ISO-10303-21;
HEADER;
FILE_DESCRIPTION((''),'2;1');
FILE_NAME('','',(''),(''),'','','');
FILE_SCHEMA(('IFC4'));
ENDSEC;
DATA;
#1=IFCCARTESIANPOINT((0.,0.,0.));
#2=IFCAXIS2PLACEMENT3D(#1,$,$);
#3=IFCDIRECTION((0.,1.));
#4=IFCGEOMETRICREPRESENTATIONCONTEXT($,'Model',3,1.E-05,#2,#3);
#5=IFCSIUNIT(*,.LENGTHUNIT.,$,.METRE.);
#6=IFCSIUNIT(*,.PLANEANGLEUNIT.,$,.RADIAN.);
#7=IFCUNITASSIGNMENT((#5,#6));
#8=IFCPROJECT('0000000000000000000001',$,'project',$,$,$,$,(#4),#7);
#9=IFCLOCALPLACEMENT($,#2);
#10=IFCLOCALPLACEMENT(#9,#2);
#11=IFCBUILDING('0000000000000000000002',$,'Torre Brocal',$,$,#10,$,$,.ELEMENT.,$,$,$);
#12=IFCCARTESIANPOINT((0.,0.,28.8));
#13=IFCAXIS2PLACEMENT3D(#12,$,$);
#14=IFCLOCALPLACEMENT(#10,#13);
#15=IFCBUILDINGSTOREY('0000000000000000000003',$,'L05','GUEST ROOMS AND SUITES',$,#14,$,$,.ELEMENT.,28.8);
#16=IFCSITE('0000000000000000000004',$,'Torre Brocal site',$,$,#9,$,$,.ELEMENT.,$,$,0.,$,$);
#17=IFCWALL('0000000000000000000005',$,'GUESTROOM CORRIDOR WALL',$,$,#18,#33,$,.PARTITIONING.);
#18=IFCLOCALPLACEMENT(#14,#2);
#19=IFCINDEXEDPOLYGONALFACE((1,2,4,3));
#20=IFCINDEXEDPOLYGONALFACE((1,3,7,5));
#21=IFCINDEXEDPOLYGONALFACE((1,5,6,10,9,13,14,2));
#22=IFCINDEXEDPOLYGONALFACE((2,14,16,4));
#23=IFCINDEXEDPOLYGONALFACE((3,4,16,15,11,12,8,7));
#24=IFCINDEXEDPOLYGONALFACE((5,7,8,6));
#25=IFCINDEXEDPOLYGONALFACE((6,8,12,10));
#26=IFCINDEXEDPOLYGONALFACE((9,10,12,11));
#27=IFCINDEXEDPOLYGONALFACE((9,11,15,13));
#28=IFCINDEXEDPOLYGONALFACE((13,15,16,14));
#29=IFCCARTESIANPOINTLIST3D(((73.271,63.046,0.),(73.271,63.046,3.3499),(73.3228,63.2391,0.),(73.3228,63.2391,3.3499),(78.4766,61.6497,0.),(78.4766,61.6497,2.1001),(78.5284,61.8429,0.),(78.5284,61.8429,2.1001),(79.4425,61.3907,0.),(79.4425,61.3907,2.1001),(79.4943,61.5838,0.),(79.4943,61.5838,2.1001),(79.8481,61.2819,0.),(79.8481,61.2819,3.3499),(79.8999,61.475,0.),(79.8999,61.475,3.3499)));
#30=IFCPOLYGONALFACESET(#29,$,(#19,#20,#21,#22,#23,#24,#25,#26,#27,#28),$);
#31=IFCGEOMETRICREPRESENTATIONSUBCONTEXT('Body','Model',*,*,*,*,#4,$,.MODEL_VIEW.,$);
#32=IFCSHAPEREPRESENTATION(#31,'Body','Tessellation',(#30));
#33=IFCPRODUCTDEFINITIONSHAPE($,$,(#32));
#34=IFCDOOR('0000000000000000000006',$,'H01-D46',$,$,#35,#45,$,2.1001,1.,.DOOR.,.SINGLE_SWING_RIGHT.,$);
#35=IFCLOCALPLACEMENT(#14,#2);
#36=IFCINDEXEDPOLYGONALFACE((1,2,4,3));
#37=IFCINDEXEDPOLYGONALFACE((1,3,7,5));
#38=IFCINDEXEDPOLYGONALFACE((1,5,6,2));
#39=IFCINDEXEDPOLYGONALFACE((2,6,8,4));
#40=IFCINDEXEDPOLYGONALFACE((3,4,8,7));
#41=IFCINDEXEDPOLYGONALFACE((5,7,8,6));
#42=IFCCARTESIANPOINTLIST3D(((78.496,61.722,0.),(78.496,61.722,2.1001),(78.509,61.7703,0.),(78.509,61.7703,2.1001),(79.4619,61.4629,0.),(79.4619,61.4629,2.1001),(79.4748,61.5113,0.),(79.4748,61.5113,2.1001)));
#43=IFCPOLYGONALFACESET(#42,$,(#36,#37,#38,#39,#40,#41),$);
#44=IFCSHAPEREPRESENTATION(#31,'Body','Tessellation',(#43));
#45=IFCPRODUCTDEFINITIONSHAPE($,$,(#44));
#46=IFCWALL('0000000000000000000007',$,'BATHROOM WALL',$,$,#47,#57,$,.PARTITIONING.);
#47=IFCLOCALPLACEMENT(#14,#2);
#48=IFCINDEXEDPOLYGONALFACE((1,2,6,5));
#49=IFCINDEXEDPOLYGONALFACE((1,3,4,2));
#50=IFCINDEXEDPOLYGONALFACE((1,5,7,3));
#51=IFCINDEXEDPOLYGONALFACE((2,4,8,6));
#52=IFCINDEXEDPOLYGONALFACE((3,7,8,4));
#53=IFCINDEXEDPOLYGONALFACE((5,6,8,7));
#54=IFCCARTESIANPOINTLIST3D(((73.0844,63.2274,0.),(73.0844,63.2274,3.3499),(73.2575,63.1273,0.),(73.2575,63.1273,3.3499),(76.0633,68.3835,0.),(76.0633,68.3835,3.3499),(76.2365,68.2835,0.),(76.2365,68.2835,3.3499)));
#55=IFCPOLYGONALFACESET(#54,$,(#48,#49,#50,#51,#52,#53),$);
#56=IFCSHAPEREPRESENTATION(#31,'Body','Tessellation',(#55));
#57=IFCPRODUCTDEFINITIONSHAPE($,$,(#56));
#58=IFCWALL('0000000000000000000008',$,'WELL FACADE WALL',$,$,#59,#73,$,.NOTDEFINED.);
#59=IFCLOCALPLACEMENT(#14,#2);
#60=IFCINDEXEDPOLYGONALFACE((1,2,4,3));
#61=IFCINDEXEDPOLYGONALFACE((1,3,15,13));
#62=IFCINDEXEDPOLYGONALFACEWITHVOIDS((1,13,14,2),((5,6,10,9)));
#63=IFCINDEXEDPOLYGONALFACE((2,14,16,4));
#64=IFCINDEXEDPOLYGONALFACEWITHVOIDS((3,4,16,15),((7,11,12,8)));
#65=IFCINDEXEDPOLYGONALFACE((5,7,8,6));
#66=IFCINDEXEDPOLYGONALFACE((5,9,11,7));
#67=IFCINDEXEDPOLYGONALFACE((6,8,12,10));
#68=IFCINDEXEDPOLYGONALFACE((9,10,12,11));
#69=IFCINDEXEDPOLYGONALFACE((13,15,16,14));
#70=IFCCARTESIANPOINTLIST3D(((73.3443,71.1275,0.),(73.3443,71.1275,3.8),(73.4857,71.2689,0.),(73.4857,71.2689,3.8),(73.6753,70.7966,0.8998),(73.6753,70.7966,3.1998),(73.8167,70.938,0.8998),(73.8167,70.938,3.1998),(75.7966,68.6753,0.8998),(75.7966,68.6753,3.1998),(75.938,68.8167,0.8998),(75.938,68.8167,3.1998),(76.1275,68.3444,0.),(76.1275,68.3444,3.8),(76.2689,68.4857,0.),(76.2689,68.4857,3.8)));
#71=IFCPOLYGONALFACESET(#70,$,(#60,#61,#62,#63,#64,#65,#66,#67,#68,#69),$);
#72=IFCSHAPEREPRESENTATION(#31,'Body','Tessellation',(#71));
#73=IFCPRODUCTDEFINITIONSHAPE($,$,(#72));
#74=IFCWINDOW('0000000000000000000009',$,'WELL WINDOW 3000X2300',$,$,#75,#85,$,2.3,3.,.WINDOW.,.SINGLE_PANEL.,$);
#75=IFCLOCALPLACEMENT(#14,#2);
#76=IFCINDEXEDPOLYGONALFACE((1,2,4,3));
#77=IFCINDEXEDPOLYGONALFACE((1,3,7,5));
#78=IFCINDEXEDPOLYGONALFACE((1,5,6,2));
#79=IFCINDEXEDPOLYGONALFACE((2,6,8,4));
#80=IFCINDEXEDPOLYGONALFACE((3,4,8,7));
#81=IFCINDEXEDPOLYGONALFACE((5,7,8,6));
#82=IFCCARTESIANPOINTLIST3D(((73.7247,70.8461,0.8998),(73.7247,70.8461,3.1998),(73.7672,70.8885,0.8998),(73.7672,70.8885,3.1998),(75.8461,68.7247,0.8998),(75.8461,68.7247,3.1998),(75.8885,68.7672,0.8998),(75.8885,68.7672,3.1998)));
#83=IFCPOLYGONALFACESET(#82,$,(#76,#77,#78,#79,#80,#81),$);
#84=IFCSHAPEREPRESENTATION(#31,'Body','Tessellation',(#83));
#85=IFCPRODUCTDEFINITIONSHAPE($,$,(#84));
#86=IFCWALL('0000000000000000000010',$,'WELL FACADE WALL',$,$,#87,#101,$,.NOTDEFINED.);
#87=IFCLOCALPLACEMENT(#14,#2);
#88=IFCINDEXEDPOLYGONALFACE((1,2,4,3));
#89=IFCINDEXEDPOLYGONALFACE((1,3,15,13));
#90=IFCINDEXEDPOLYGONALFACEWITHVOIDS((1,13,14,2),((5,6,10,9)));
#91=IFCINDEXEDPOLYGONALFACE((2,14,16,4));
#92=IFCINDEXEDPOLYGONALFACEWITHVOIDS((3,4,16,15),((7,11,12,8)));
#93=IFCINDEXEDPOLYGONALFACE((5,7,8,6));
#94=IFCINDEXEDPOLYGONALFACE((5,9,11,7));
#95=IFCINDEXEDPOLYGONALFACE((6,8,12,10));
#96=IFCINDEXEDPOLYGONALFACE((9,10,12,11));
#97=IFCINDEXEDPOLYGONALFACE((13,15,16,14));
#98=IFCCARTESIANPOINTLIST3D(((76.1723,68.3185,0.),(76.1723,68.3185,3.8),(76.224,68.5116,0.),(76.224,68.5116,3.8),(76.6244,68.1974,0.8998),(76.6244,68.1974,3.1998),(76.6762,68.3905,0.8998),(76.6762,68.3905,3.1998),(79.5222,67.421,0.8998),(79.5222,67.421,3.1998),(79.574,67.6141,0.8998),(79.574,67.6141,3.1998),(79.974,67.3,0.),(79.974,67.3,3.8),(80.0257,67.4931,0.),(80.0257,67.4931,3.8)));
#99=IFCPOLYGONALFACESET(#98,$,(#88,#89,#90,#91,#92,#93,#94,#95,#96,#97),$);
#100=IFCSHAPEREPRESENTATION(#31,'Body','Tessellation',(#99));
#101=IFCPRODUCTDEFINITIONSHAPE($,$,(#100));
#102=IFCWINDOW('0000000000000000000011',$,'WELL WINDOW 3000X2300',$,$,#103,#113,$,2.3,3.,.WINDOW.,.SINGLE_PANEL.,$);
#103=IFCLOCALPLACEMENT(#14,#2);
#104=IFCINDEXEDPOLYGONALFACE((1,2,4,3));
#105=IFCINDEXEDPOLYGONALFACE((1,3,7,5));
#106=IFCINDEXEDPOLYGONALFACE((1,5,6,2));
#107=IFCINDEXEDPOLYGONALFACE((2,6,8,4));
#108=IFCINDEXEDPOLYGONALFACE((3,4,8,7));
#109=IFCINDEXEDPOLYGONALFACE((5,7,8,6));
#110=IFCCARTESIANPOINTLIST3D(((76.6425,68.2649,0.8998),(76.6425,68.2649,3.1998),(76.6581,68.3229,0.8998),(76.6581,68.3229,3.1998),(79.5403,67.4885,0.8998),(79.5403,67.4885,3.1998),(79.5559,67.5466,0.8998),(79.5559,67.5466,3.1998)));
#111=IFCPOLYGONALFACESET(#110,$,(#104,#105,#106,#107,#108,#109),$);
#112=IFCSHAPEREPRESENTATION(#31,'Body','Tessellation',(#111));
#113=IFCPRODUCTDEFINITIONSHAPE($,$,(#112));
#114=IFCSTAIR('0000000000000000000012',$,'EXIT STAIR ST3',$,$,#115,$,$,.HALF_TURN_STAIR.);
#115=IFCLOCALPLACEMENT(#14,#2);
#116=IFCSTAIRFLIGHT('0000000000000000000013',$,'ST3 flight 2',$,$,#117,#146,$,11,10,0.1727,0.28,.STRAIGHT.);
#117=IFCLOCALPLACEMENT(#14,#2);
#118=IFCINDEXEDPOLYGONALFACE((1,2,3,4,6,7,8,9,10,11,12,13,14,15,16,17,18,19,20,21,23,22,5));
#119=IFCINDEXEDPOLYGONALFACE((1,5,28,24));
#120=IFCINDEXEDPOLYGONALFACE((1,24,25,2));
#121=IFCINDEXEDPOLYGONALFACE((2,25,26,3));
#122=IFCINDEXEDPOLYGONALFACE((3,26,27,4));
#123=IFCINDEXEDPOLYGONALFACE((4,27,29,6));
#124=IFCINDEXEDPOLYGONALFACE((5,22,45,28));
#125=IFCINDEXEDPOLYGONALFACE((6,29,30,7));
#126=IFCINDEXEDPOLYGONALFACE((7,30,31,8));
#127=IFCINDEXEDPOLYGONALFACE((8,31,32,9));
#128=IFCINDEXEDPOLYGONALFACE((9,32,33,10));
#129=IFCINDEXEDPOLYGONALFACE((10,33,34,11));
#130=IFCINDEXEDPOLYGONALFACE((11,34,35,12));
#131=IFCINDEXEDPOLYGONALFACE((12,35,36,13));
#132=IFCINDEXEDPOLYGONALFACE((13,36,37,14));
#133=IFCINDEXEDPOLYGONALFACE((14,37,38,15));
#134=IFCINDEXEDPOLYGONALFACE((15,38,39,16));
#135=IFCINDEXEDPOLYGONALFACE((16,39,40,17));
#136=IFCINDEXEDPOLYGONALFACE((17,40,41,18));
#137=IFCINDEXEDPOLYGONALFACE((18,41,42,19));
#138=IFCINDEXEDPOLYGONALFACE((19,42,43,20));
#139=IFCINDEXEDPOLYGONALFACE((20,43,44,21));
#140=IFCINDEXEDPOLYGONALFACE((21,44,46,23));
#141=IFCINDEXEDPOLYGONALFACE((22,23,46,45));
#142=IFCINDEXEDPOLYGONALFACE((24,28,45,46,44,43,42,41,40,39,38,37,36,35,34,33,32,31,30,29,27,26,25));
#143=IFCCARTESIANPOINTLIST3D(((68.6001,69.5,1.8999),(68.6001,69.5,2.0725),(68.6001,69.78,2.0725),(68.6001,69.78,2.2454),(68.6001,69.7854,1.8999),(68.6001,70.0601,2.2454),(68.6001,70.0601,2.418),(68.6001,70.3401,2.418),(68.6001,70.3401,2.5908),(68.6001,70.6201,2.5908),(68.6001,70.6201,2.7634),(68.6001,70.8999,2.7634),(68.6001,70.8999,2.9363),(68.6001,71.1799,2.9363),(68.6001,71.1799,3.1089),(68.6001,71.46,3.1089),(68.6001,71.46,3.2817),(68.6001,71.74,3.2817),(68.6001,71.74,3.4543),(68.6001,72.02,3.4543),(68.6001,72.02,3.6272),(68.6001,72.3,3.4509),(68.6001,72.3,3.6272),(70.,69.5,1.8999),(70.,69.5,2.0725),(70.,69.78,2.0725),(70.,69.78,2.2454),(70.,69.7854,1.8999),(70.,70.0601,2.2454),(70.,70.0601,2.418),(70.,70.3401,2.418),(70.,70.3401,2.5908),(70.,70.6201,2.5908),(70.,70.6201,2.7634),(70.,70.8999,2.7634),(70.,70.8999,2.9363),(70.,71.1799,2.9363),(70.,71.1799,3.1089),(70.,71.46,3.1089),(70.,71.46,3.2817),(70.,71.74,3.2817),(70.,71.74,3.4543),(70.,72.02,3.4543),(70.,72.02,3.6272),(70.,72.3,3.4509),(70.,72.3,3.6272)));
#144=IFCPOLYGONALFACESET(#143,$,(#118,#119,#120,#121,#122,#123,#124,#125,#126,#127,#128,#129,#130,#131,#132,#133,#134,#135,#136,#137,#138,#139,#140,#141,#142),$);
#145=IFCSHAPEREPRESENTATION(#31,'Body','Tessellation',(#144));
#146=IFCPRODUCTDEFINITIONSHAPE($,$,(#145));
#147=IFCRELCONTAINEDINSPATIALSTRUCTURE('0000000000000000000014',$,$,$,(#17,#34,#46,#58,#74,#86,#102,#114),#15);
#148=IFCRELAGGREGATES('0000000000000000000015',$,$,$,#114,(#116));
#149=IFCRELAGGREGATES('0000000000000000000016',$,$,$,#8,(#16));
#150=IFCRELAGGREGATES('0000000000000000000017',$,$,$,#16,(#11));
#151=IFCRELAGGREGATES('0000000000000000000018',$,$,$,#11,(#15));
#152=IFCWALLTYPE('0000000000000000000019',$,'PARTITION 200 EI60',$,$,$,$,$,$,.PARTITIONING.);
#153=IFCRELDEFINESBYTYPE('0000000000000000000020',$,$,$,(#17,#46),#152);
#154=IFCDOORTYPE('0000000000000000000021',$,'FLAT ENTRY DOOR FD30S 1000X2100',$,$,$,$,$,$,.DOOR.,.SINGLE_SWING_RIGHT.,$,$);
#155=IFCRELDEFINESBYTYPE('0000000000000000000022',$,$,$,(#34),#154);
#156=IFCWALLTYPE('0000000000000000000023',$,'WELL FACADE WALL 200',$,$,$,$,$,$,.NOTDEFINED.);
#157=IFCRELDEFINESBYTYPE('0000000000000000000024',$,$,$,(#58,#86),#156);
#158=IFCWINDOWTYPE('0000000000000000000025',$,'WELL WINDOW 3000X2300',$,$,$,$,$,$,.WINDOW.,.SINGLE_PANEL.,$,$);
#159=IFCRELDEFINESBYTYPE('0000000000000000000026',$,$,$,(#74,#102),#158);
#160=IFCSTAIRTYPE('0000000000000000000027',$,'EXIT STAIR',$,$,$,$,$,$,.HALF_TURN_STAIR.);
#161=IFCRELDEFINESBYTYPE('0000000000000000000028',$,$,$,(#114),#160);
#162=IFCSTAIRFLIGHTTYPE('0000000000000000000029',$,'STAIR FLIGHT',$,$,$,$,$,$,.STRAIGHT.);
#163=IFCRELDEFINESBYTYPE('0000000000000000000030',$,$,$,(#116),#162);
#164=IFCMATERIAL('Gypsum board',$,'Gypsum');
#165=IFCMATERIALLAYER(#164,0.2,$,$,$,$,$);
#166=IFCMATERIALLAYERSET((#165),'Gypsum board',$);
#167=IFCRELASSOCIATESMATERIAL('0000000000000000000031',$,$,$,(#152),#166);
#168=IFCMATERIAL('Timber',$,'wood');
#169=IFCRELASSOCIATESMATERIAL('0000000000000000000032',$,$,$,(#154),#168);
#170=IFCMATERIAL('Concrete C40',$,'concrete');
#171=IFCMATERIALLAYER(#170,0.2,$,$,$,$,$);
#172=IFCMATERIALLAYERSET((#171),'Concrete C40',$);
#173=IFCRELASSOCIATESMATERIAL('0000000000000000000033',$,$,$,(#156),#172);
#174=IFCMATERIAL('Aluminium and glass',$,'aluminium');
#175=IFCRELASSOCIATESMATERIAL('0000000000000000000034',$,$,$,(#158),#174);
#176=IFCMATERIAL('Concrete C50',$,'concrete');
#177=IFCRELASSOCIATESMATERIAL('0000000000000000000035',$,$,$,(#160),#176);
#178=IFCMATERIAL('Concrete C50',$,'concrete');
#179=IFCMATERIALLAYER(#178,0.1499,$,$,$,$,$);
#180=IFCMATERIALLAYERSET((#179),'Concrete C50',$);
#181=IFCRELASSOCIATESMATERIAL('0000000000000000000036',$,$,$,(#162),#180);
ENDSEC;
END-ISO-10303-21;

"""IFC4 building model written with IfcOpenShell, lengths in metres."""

from ifc_helpers import new_model, si_unit, direction, frame, frame_2d, origin, place, context, subcontext, project, spatial, polyline, rectangle, outline, extrude, material, layer, layer_set, type_object, element, fill, aggregate, save


model = new_model("IFC4")

# Units and contexts
model_context = context("Model", 3, precision=1e-05, world=origin(), true_north=direction((0.0, 1.0)))
body_context = subcontext(model_context, "Body", "Model", "MODEL_VIEW")
ifc_project = project(units=[si_unit("LENGTHUNIT", "METRE"), si_unit("PLANEANGLEUNIT", "RADIAN")], contexts=[model_context])

# Site, building, storey
site_placement = place(None, origin())
site = spatial("IfcSite", under=ifc_project, at=site_placement, Name="Torre Brocal site", CompositionType="ELEMENT", RefElevation=0.0)
building_placement = place(site_placement, origin())
building = spatial("IfcBuilding", under=site, at=building_placement, Name="Torre Brocal", CompositionType="ELEMENT")
storey_placement = place(building_placement, frame((0.0, 0.0, 28.8)))
storey = spatial("IfcBuildingStorey", under=building, at=storey_placement, Name="L05", Description="GUEST ROOMS AND SUITES", CompositionType="ELEMENT", Elevation=28.8)

# Wall, opening, door
ifc_material_1 = material(Name="Gypsum board", Category="Gypsum")
ifc_layer_1 = layer(ifc_material_1, 0.2)
ifc_layer_set_1 = layer_set([ifc_layer_1], Name="Gypsum board")
wall_type_1 = type_object("IfcWallType", Name="PARTITION 200 EI60", PredefinedType="PARTITIONING", material=ifc_layer_set_1)
ifc_material_2 = material(Name="Timber", Category="wood")
door_type_1 = type_object("IfcDoorType", Name="FLAT ENTRY DOOR FD30S 1000X2100", OperationType="SINGLE_SWING_RIGHT", PredefinedType="DOOR", material=ifc_material_2)
wall_1_placement = place(storey_placement, frame((73.2969, 63.1426, 0.0), z_axis=(0.0, 0.0, 1.0), x_axis=(0.965859, -0.259068, 0.0)))
wall_1 = element("IfcWall", 1, at=wall_1_placement, inside=storey, type_object=wall_type_1, Name="GUESTROOM CORRIDOR WALL", PredefinedType="PARTITIONING", context=body_context, shape_type="SweptSolid", body=[
    extrude(rectangle(XDim=6.8096, YDim=0.2, at=frame_2d((3.4048, 0.0))), origin(), (0.0, 0.0, 1.0), 3.3499),
])
opening_1_placement = place(wall_1_placement, frame((5.3896, 0.0, 0.0)))
opening_1 = element("IfcOpeningElement", 2, at=opening_1_placement, cuts=wall_1, PredefinedType="OPENING", context=body_context, shape_type="SweptSolid", body=[
    extrude(rectangle(XDim=1.0, YDim=2.1001, at=frame_2d((0.5, 1.05))), frame((0.0, 0.1099, 0.0), z_axis=(0.0, -1.0, 0.0), x_axis=(1.0, 0.0, 0.0)), (0.0, 0.0, 1.0), 0.22),
])
door_1_placement = place(opening_1_placement, origin())
door_1 = element("IfcDoor", 3, at=door_1_placement, inside=storey, type_object=door_type_1, Name="H01-D46", OperationType="SINGLE_SWING_RIGHT", OverallHeight=2.1001, OverallWidth=1.0, PredefinedType="DOOR", context=body_context, shape_type="SweptSolid", body=[
    extrude(rectangle(XDim=1.0, YDim=2.1001, at=frame_2d((0.5, 1.05))), frame((0.0, 0.0249, 0.0), z_axis=(0.0, -1.0, 0.0), x_axis=(1.0, 0.0, 0.0)), (0.0, 0.0, 1.0), 0.05),
])
fill(opening_1, door_1)

# Wall
wall_2_placement = place(storey_placement, frame((73.1709, 63.1772, 0.0), z_axis=(0.0, 0.0, 1.0), x_axis=(0.500257, 0.865877, 0.0)))
element("IfcWall", 4, at=wall_2_placement, inside=storey, type_object=wall_type_1, Name="BATHROOM WALL", PredefinedType="PARTITIONING", context=body_context, shape_type="SweptSolid", body=[
    extrude(rectangle(XDim=5.9548, YDim=0.2, at=frame_2d((2.9775, 0.0))), origin(), (0.0, 0.0, 1.0), 3.3499),
])

# Walls, openings, windows
ifc_material_3 = material(Name="Concrete C40", Category="concrete")
ifc_layer_2 = layer(ifc_material_3, 0.2)
ifc_layer_set_2 = layer_set([ifc_layer_2], Name="Concrete C40")
wall_type_2 = type_object("IfcWallType", Name="WELL FACADE WALL 200", PredefinedType="NOTDEFINED", material=ifc_layer_set_2)
wall_3_placement = place(storey_placement, frame((73.415, 71.1982, 0.0), z_axis=(0.0, 0.0, 1.0), x_axis=(0.707107, -0.707107, 0.0)))
wall_3 = element("IfcWall", 5, at=wall_3_placement, inside=storey, type_object=wall_type_2, Name="WELL FACADE WALL", PredefinedType="NOTDEFINED", context=body_context, shape_type="SweptSolid", body=[
    extrude(rectangle(XDim=3.936, YDim=0.2, at=frame_2d((1.968, 0.0))), origin(), (0.0, 0.0, 1.0), 3.8),
])
opening_2_placement = place(wall_3_placement, frame((0.468, 0.0, 0.8999)))
opening_2 = element("IfcOpeningElement", 6, at=opening_2_placement, cuts=wall_3, PredefinedType="OPENING", context=body_context, shape_type="SweptSolid", body=[
    extrude(rectangle(XDim=3.0, YDim=2.3, at=frame_2d((1.5, 1.1499))), frame((0.0, 0.1099, 0.0), z_axis=(0.0, -1.0, 0.0), x_axis=(1.0, 0.0, 0.0)), (0.0, 0.0, 1.0), 0.22),
])
ifc_material_4 = material(Name="Aluminium and glass", Category="aluminium")
window_type = type_object("IfcWindowType", Name="WELL WINDOW 3000X2300", PartitioningType="SINGLE_PANEL", PredefinedType="WINDOW", material=ifc_material_4)
window_1_placement = place(opening_2_placement, origin())
window_1 = element("IfcWindow", 7, at=window_1_placement, inside=storey, type_object=window_type, Name="WELL WINDOW 3000X2300", OverallHeight=2.3, OverallWidth=3.0, PartitioningType="SINGLE_PANEL", PredefinedType="WINDOW", context=body_context, shape_type="SweptSolid", body=[
    extrude(rectangle(XDim=3.0, YDim=2.3, at=frame_2d((1.5, 1.1499))), frame((0.0, 0.03, 0.0), z_axis=(0.0, -1.0, 0.0), x_axis=(1.0, 0.0, 0.0)), (0.0, 0.0, 1.0), 0.0601),
])
fill(opening_2, window_1)
wall_4_placement = place(storey_placement, frame((76.1982, 68.415, 0.0), z_axis=(0.0, 0.0, 1.0), x_axis=(0.965934, -0.25879, 0.0)))
wall_4 = element("IfcWall", 8, at=wall_4_placement, inside=storey, type_object=wall_type_2, Name="WELL FACADE WALL", PredefinedType="NOTDEFINED", context=body_context, shape_type="SweptSolid", body=[
    extrude(rectangle(XDim=3.9358, YDim=0.2, at=frame_2d((1.9678, 0.0))), origin(), (0.0, 0.0, 1.0), 3.8),
])
opening_3_placement = place(wall_4_placement, frame((0.468, 0.0, 0.8999)))
opening_3 = element("IfcOpeningElement", 9, at=opening_3_placement, cuts=wall_4, PredefinedType="OPENING", context=body_context, shape_type="SweptSolid", body=[
    extrude(rectangle(XDim=3.0, YDim=2.3, at=frame_2d((1.5, 1.1499))), frame((0.0, 0.1099, 0.0), z_axis=(0.0, -1.0, 0.0), x_axis=(1.0, 0.0, 0.0)), (0.0, 0.0, 1.0), 0.22),
])
window_2_placement = place(opening_3_placement, origin())
window_2 = element("IfcWindow", 10, at=window_2_placement, inside=storey, type_object=window_type, Name="WELL WINDOW 3000X2300", OverallHeight=2.3, OverallWidth=3.0, PartitioningType="SINGLE_PANEL", PredefinedType="WINDOW", context=body_context, shape_type="SweptSolid", body=[
    extrude(rectangle(XDim=3.0, YDim=2.3, at=frame_2d((1.5, 1.1499))), frame((0.0, 0.03, 0.0), z_axis=(0.0, -1.0, 0.0), x_axis=(1.0, 0.0, 0.0)), (0.0, 0.0, 1.0), 0.0601),
])
fill(opening_3, window_2)

# Stair, stair flight
ifc_material_5 = material(Name="Concrete C50", Category="concrete")
stair_type = type_object("IfcStairType", Name="EXIT STAIR", PredefinedType="HALF_TURN_STAIR", material=ifc_material_5)
stair_placement = place(storey_placement, origin())
stair = element("IfcStair", 11, at=stair_placement, inside=storey, type_object=stair_type, Name="EXIT STAIR ST3", PredefinedType="HALF_TURN_STAIR")
ifc_material_6 = material(Name="Concrete C50", Category="concrete")
ifc_layer_3 = layer(ifc_material_6, 0.1499)
ifc_layer_set_3 = layer_set([ifc_layer_3], Name="Concrete C50")
stair_flight_type = type_object("IfcStairFlightType", Name="STAIR FLIGHT", PredefinedType="STRAIGHT", material=ifc_layer_set_3)
stair_flight_placement = place(storey_placement, frame((69.3, 69.5, 1.8999), z_axis=(0.0, 0.0, 1.0), x_axis=(0.0, 1.0, 0.0)))
stair_flight = element("IfcStairFlight", 12, at=stair_flight_placement, type_object=stair_flight_type, Name="ST3 flight 2", NumberOfRisers=11, NumberOfTreads=10, PredefinedType="STRAIGHT", RiserHeight=0.1727, TreadLength=0.28, context=body_context, shape_type="SweptSolid", body=[
    extrude(outline(polyline([(0.0, 0.0), (0.0, 0.1726), (0.28, 0.1726), (0.28, 0.3455), (0.5601, 0.3455), (0.5601, 0.5181), (0.8401, 0.5181), (0.8401, 0.6909), (1.1201, 0.6909), (1.1201, 0.8635), (1.3999, 0.8635), (1.3999, 1.0364), (1.6799, 1.0364), (1.6799, 1.209), (1.96, 1.209), (1.96, 1.3818), (2.24, 1.3818), (2.24, 1.5544), (2.52, 1.5544), (2.52, 1.7273), (2.8, 1.7273), (2.8, 1.8999), (2.8, 1.551), (0.2854, 0.0), (0.0, 0.0)])), frame((0.0, 0.7, 0.0), z_axis=(0.0, -1.0, 0.0), x_axis=(1.0, 0.0, 0.0)), (0.0, 0.0, 1.0), 1.3999),
])
aggregate(stair, [stair_flight])

save(model, "model.ifc")
